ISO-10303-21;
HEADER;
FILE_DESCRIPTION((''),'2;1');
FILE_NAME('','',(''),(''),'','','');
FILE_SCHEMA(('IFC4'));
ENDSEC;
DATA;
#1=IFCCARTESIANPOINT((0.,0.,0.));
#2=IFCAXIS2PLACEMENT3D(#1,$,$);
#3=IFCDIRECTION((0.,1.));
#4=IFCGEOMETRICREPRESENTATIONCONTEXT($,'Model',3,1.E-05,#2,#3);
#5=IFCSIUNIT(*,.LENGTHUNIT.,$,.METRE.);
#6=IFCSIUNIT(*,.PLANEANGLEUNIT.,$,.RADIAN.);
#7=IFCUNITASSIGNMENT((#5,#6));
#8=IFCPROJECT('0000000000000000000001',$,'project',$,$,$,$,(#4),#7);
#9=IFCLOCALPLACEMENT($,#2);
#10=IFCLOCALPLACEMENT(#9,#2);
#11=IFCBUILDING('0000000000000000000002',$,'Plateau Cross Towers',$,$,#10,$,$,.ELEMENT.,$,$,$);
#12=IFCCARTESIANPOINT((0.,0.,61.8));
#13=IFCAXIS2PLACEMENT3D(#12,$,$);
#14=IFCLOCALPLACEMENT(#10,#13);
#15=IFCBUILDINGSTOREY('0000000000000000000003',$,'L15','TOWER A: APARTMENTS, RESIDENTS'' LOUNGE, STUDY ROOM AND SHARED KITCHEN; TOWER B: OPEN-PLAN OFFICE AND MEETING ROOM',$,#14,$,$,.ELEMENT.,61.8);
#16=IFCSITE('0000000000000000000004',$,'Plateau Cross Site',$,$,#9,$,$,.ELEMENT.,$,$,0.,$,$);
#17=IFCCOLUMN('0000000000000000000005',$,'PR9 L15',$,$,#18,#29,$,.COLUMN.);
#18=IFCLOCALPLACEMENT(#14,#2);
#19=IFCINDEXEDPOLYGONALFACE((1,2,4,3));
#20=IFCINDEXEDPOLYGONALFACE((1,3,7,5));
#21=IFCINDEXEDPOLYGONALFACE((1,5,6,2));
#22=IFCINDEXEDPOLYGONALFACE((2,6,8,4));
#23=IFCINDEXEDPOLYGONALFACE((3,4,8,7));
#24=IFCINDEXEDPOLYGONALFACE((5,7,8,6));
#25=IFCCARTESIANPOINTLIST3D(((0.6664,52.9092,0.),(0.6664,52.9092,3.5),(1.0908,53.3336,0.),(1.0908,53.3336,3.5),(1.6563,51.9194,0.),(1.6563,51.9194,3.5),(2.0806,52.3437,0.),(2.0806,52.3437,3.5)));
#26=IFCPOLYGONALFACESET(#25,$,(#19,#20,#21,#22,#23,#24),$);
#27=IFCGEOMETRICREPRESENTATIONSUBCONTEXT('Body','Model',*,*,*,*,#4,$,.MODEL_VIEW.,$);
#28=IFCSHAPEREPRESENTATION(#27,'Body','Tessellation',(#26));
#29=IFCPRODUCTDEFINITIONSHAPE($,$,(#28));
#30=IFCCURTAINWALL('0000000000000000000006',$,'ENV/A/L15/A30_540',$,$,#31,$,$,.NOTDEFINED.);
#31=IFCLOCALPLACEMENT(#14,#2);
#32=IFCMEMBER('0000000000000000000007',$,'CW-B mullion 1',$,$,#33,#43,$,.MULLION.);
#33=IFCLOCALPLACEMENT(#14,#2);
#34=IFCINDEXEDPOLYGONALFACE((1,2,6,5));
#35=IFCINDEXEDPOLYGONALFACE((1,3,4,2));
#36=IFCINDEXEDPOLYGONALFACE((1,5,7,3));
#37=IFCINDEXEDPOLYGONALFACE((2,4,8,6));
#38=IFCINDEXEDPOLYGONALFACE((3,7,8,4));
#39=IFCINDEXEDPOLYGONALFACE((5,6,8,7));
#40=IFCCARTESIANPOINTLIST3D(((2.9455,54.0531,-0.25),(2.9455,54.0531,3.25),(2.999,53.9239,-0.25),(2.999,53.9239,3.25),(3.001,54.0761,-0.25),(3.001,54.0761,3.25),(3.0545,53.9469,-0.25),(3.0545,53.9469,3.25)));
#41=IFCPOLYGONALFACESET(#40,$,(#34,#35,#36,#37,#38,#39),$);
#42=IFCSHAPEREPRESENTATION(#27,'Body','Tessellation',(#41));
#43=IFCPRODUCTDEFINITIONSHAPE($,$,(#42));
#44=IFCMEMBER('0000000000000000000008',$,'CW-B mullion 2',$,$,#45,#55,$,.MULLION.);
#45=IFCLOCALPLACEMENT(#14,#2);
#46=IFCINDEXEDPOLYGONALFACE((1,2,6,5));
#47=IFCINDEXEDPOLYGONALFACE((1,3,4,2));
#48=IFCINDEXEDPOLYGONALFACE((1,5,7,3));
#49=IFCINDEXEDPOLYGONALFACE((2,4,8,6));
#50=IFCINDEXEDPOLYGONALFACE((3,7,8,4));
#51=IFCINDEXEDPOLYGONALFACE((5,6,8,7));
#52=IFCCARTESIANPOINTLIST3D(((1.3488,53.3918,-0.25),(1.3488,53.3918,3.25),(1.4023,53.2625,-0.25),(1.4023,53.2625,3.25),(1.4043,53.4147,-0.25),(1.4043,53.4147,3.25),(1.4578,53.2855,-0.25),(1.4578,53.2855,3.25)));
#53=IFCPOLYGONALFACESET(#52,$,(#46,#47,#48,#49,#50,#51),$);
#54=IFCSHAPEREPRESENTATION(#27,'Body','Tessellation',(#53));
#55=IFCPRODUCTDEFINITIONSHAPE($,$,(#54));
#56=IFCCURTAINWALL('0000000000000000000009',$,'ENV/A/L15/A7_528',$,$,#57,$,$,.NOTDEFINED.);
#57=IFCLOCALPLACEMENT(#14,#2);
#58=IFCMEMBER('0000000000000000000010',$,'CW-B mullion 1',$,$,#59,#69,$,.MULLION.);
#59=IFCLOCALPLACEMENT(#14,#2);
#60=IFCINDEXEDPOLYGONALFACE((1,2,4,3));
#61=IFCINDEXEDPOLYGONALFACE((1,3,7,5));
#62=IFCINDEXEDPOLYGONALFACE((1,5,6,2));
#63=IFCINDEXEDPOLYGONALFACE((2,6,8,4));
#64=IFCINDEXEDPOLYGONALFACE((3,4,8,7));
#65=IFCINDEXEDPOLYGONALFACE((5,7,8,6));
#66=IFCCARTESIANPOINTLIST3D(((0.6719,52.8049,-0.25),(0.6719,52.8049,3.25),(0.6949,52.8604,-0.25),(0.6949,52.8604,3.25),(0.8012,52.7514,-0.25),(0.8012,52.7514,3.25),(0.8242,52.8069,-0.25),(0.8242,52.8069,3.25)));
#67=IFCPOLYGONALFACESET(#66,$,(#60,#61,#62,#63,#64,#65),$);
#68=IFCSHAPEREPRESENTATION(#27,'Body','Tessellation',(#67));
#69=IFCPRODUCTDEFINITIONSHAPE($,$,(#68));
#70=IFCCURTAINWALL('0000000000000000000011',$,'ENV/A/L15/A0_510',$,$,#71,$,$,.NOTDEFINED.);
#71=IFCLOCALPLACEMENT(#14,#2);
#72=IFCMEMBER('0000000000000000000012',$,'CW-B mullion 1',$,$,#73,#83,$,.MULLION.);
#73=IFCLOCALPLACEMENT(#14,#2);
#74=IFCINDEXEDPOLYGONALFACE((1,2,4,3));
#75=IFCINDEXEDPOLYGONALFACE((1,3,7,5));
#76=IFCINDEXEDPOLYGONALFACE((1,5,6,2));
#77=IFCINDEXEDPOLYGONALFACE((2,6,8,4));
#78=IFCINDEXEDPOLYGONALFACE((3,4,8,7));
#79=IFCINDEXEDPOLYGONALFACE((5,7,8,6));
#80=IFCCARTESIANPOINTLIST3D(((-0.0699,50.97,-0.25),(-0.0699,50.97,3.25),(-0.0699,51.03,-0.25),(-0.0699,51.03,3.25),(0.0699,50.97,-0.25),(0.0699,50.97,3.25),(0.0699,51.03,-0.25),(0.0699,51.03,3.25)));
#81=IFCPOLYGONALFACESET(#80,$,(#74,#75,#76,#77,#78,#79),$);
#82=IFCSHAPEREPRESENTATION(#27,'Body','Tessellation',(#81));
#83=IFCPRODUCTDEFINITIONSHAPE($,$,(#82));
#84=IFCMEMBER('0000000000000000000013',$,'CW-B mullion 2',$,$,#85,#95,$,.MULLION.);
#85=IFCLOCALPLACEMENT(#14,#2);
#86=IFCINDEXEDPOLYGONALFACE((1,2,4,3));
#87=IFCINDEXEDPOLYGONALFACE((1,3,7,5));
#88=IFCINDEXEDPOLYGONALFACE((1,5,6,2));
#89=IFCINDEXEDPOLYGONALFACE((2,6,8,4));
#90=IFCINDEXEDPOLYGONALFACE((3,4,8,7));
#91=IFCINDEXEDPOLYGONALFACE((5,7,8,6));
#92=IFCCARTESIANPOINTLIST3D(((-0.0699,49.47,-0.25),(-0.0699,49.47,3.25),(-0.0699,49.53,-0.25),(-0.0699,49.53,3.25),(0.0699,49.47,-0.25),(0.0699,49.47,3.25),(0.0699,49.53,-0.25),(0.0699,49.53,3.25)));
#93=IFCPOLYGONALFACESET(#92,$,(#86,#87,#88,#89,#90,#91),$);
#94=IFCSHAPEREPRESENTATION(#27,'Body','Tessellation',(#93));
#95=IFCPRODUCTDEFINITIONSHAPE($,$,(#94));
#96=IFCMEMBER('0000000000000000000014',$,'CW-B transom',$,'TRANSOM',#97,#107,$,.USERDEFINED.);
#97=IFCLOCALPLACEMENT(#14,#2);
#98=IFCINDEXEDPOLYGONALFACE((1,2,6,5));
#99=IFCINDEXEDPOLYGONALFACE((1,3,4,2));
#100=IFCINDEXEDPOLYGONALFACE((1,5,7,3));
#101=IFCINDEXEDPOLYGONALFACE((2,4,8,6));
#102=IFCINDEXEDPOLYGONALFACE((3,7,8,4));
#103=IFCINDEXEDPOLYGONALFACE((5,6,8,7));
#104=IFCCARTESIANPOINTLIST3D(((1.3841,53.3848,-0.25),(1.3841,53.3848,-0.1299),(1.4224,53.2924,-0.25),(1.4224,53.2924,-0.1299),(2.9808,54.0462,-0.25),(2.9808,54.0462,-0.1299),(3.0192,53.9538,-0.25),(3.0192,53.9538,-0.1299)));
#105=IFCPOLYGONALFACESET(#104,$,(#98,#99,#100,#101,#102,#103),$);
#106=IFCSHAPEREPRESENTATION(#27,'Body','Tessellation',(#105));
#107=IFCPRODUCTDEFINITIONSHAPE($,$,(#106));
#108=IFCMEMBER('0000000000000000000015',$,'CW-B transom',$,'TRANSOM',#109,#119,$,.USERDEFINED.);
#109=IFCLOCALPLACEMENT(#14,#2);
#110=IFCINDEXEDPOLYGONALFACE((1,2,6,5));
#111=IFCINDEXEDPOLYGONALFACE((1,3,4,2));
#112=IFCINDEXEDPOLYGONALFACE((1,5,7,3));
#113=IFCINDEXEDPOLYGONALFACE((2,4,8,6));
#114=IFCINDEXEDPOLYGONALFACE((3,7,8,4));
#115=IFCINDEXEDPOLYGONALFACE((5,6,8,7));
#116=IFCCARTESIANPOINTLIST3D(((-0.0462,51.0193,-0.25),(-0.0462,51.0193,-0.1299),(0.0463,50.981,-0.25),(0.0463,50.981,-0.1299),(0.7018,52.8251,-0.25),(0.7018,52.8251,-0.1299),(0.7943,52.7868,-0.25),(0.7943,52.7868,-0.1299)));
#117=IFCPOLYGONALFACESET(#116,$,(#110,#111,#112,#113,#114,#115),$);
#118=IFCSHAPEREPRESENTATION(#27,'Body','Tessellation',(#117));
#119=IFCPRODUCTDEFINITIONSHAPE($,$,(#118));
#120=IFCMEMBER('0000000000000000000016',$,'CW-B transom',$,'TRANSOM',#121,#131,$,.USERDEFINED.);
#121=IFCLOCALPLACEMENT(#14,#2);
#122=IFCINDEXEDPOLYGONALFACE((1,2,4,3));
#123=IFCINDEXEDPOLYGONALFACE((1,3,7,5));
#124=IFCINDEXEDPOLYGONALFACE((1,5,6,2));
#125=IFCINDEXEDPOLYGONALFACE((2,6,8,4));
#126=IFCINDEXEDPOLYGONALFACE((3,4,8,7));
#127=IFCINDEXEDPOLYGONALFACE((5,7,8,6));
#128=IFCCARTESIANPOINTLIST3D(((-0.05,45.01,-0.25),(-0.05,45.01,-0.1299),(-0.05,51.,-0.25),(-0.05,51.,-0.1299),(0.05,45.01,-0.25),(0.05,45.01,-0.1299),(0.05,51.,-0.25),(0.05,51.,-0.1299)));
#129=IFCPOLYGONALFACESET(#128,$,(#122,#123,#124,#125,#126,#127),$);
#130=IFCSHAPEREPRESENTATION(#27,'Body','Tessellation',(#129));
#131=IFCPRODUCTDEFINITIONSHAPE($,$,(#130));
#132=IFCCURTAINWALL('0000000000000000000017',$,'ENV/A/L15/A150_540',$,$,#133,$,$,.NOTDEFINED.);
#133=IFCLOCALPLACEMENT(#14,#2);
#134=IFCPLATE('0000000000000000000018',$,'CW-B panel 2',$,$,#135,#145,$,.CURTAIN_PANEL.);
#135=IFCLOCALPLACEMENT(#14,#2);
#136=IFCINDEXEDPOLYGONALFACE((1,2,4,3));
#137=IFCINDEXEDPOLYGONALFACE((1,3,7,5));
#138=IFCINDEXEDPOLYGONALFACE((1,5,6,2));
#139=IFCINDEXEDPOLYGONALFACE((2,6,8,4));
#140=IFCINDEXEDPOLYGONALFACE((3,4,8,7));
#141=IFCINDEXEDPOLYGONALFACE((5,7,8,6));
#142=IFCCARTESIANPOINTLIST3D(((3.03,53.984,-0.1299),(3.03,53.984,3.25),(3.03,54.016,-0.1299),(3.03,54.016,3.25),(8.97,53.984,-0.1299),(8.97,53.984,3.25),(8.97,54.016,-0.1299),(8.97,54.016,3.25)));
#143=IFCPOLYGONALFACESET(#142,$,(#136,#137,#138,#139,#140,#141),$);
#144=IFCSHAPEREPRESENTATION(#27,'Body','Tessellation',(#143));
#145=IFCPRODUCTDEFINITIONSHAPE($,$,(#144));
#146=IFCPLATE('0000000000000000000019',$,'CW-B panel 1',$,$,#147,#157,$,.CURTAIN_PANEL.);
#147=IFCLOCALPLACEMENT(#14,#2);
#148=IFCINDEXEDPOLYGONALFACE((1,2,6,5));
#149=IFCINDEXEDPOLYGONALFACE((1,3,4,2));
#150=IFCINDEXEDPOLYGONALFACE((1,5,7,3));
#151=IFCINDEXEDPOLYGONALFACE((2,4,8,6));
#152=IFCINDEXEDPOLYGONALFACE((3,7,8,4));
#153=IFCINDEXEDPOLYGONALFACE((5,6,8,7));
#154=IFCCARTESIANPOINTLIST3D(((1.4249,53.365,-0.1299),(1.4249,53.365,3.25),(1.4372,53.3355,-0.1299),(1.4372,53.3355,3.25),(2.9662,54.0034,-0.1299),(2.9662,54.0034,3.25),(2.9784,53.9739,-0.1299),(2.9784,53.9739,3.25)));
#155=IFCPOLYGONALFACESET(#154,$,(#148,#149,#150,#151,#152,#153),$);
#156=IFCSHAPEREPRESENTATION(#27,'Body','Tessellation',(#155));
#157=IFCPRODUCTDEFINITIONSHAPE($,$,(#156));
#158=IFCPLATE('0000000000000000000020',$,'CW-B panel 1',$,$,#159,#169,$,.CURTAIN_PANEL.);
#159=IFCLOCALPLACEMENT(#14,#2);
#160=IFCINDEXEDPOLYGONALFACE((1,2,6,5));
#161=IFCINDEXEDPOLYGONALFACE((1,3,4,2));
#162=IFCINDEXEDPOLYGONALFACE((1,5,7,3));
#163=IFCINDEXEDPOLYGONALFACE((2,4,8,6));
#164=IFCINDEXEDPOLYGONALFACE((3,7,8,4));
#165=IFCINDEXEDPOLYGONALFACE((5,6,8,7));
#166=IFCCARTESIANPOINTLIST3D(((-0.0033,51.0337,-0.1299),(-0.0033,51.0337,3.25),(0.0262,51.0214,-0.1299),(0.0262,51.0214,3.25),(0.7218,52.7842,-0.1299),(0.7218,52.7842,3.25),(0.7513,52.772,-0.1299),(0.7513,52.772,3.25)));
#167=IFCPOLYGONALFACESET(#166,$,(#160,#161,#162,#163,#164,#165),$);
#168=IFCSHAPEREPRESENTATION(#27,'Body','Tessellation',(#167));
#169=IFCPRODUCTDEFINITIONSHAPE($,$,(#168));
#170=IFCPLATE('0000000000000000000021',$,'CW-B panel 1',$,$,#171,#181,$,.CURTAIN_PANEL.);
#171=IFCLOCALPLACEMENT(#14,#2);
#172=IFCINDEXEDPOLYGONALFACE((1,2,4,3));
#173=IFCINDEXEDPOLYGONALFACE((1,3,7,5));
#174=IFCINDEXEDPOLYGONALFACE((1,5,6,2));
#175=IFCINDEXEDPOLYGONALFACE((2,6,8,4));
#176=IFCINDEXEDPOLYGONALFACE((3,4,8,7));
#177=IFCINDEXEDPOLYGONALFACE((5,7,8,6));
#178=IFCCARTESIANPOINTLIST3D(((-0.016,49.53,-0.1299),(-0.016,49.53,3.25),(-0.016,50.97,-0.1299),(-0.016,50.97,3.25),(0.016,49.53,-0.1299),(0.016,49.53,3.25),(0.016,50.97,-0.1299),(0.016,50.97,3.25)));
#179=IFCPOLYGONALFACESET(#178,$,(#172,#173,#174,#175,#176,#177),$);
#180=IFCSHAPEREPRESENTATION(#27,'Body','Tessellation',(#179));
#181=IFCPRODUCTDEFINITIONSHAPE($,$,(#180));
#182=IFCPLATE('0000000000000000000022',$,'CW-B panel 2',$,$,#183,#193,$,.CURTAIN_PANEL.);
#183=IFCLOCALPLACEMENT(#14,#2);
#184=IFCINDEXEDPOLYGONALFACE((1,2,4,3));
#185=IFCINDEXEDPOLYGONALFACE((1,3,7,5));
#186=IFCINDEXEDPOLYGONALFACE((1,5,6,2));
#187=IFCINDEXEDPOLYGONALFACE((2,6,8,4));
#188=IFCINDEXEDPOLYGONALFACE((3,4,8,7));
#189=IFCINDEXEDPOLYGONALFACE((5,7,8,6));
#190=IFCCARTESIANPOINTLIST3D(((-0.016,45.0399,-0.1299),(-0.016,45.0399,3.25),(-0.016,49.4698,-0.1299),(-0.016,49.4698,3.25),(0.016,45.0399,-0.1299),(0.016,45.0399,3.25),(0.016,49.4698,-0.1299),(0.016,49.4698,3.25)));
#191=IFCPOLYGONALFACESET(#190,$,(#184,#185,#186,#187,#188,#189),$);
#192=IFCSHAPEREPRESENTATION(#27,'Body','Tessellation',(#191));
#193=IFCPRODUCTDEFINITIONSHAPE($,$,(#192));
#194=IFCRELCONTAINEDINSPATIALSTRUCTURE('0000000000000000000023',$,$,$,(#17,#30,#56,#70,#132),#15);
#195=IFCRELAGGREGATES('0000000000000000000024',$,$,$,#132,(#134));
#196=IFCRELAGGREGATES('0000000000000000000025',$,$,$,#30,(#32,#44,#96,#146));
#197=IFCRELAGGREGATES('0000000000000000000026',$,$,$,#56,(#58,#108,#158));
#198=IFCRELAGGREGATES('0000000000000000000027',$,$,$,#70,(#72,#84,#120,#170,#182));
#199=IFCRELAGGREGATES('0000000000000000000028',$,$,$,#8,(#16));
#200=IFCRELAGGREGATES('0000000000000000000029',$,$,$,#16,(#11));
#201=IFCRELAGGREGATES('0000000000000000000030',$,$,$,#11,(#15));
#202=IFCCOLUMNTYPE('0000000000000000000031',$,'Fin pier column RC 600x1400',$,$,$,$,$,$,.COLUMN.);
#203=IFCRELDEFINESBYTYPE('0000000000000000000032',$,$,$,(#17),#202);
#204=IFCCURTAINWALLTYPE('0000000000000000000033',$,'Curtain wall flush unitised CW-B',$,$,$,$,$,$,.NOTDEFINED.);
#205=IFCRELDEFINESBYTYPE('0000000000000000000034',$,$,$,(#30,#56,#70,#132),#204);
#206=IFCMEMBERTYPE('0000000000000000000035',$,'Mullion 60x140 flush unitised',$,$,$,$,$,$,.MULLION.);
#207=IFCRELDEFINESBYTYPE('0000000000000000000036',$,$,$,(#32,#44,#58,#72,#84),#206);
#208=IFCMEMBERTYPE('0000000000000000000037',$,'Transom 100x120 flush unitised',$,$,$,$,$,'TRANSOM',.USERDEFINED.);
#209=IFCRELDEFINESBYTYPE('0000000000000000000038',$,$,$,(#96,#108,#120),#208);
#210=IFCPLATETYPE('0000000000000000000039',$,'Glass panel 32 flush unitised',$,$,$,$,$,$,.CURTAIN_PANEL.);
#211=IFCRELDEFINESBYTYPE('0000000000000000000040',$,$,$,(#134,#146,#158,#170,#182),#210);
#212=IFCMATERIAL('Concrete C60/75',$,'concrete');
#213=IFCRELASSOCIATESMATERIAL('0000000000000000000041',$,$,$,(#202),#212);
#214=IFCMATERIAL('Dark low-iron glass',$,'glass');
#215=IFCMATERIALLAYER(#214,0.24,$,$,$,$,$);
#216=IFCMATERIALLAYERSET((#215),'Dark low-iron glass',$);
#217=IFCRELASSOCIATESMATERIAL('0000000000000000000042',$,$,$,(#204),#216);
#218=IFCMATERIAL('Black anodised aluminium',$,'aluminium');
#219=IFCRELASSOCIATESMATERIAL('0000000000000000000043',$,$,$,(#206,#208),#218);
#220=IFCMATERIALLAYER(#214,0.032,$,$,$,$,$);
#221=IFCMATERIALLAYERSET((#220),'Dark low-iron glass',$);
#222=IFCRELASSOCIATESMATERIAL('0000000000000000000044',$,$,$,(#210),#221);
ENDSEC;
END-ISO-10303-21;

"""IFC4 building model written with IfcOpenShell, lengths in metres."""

from ifc_helpers import new_model, si_unit, direction, frame, origin, origin_2d, place, context, subcontext, project, spatial, rectangle, extrude, material, layer, layer_set, material_profile, profile_set, type_object, element, aggregate, save


model = new_model("IFC4")

# Units and contexts
model_context = context("Model", 3, precision=1e-05, world=origin(), true_north=direction((0.0, 1.0)))
body_context = subcontext(model_context, "Body", "Model", "MODEL_VIEW")
ifc_project = project(units=[si_unit("LENGTHUNIT", "METRE"), si_unit("PLANEANGLEUNIT", "RADIAN")], contexts=[model_context])

# Site, building, storey
site_placement = place(None, origin())
site = spatial("IfcSite", under=ifc_project, at=site_placement, Name="Plateau Cross Site", CompositionType="ELEMENT", RefElevation=0.0)
building_placement = place(site_placement, origin())
building = spatial("IfcBuilding", under=site, at=building_placement, Name="Plateau Cross Towers", CompositionType="ELEMENT")
storey_placement = place(building_placement, frame((0.0, 0.0, 61.8)))
storey = spatial("IfcBuildingStorey", under=building, at=storey_placement, Name="L15", Description="TOWER A: APARTMENTS, RESIDENTS' LOUNGE, STUDY ROOM AND SHARED KITCHEN; TOWER B: OPEN-PLAN OFFICE AND MEETING ROOM", CompositionType="ELEMENT", Elevation=61.8)

# Column
ifc_material_1 = material(Name="Concrete C60/75", Category="concrete")
ifc_material_profile_1 = material_profile(ifc_material_1, rectangle(XDim=0.6001, YDim=1.3999, at=origin_2d()), Name="RC 600x1400")
ifc_profile_set_1 = profile_set([ifc_material_profile_1], Name="Concrete C60/75")
column_type = type_object("IfcColumnType", Name="Fin pier column RC 600x1400", PredefinedType="COLUMN", material=ifc_profile_set_1)
column_placement = place(storey_placement, frame((1.3735, 52.6265, 0.0), z_axis=(0.0, 0.0, 1.0), x_axis=(0.707107, 0.707107, 0.0)))
element("IfcColumn", 1, at=column_placement, inside=storey, type_object=column_type, Name="PR9 L15", PredefinedType="COLUMN", context=body_context, shape_type="SweptSolid", body=[
    extrude(rectangle(XDim=0.6001, YDim=1.3999, at=origin_2d()), origin(), (0.0, 0.0, 1.0), 3.5),
])

# Curtain wall, members
ifc_material_2 = material(Name="Dark low-iron glass", Category="glass")
ifc_layer_1 = layer(ifc_material_2, 0.24)
ifc_layer_set_1 = layer_set([ifc_layer_1], Name="Dark low-iron glass")
curtain_wall_type = type_object("IfcCurtainWallType", Name="Curtain wall flush unitised CW-B", PredefinedType="NOTDEFINED", material=ifc_layer_set_1)
curtain_wall_1_placement = place(storey_placement, origin())
curtain_wall_1 = element("IfcCurtainWall", 2, at=curtain_wall_1_placement, inside=storey, type_object=curtain_wall_type, Name="ENV/A/L15/A30_540", PredefinedType="NOTDEFINED")
ifc_material_3 = material(Name="Black anodised aluminium", Category="aluminium")
ifc_material_profile_2 = material_profile(ifc_material_3, rectangle(XDim=0.0601, YDim=0.1399, at=origin_2d()), Name="MULLION 60x140")
ifc_profile_set_2 = profile_set([ifc_material_profile_2], Name="Black anodised aluminium")
member_type_1 = type_object("IfcMemberType", Name="Mullion 60x140 flush unitised", PredefinedType="MULLION", material=ifc_profile_set_2)
member_1_placement = place(storey_placement, frame((3.0, 54.0, -0.25), z_axis=(0.0, 0.0, 1.0), x_axis=(-0.923879, -0.382684, 0.0)))
member_1 = element("IfcMember", 3, at=member_1_placement, type_object=member_type_1, Name="CW-B mullion 1", PredefinedType="MULLION", context=body_context, shape_type="SweptSolid", body=[
    extrude(rectangle(XDim=0.0601, YDim=0.1399, at=origin_2d()), origin(), (0.0, 0.0, 1.0), 3.5),
])
member_2_placement = place(storey_placement, frame((1.4033, 53.3386, -0.25), z_axis=(0.0, 0.0, 1.0), x_axis=(-0.923879, -0.382684, 0.0)))
member_2 = element("IfcMember", 4, at=member_2_placement, type_object=member_type_1, Name="CW-B mullion 2", PredefinedType="MULLION", context=body_context, shape_type="SweptSolid", body=[
    extrude(rectangle(XDim=0.0601, YDim=0.1399, at=origin_2d()), origin(), (0.0, 0.0, 1.0), 3.5),
])

# Curtain wall, member
curtain_wall_2_placement = place(storey_placement, origin())
curtain_wall_2 = element("IfcCurtainWall", 5, at=curtain_wall_2_placement, inside=storey, type_object=curtain_wall_type, Name="ENV/A/L15/A7_528", PredefinedType="NOTDEFINED")
member_3_placement = place(storey_placement, frame((0.748, 52.8059, -0.25), z_axis=(0.0, 0.0, 1.0), x_axis=(-0.382684, -0.923879, 0.0)))
member_3 = element("IfcMember", 6, at=member_3_placement, type_object=member_type_1, Name="CW-B mullion 1", PredefinedType="MULLION", context=body_context, shape_type="SweptSolid", body=[
    extrude(rectangle(XDim=0.0601, YDim=0.1399, at=origin_2d()), origin(), (0.0, 0.0, 1.0), 3.5),
])

# Curtain wall, members
curtain_wall_3_placement = place(storey_placement, origin())
curtain_wall_3 = element("IfcCurtainWall", 7, at=curtain_wall_3_placement, inside=storey, type_object=curtain_wall_type, Name="ENV/A/L15/A0_510", PredefinedType="NOTDEFINED")
member_4_placement = place(storey_placement, frame((0.0, 51.0, -0.25), z_axis=(0.0, 0.0, 1.0), x_axis=(0.0, -1.0, 0.0)))
member_4 = element("IfcMember", 8, at=member_4_placement, type_object=member_type_1, Name="CW-B mullion 1", PredefinedType="MULLION", context=body_context, shape_type="SweptSolid", body=[
    extrude(rectangle(XDim=0.0601, YDim=0.1399, at=origin_2d()), origin(), (0.0, 0.0, 1.0), 3.5),
])
member_5_placement = place(storey_placement, frame((0.0, 49.5, -0.25), z_axis=(0.0, 0.0, 1.0), x_axis=(0.0, -1.0, 0.0)))
member_5 = element("IfcMember", 9, at=member_5_placement, type_object=member_type_1, Name="CW-B mullion 2", PredefinedType="MULLION", context=body_context, shape_type="SweptSolid", body=[
    extrude(rectangle(XDim=0.0601, YDim=0.1399, at=origin_2d()), origin(), (0.0, 0.0, 1.0), 3.5),
])

# Members
ifc_material_profile_3 = material_profile(ifc_material_3, rectangle(XDim=0.1001, YDim=0.1201, at=origin_2d()), Name="TRANSOM 100x120")
ifc_profile_set_3 = profile_set([ifc_material_profile_3], Name="Black anodised aluminium")
member_type_2 = type_object("IfcMemberType", Name="Transom 100x120 flush unitised", ElementType="TRANSOM", PredefinedType="USERDEFINED", material=ifc_profile_set_3)
member_6_placement = place(storey_placement, frame((3.0, 54.0, -0.1899), z_axis=(-0.923877, -0.382689, 0.0), x_axis=(0.382689, -0.923877, 0.0)))
member_6 = element("IfcMember", 10, at=member_6_placement, type_object=member_type_2, Name="CW-B transom", ObjectType="TRANSOM", PredefinedType="USERDEFINED", context=body_context, shape_type="SweptSolid", body=[
    extrude(rectangle(XDim=0.1001, YDim=0.1201, at=origin_2d()), origin(), (0.0, 0.0, 1.0), 1.7283),
])
member_7_placement = place(storey_placement, frame((0.748, 52.8059, -0.1899), z_axis=(-0.38269, -0.923877, 0.0), x_axis=(0.923877, -0.38269, 0.0)))
member_7 = element("IfcMember", 11, at=member_7_placement, type_object=member_type_2, Name="CW-B transom", ObjectType="TRANSOM", PredefinedType="USERDEFINED", context=body_context, shape_type="SweptSolid", body=[
    extrude(rectangle(XDim=0.1001, YDim=0.1201, at=origin_2d()), origin(), (0.0, 0.0, 1.0), 1.9546),
])
member_8_placement = place(storey_placement, frame((0.0, 51.0, -0.1899), z_axis=(0.0, -1.0, 0.0), x_axis=(1.0, 0.0, 0.0)))
member_8 = element("IfcMember", 12, at=member_8_placement, type_object=member_type_2, Name="CW-B transom", ObjectType="TRANSOM", PredefinedType="USERDEFINED", context=body_context, shape_type="SweptSolid", body=[
    extrude(rectangle(XDim=0.1001, YDim=0.1201, at=origin_2d()), origin(), (0.0, 0.0, 1.0), 5.99),
])

# Curtain wall, plate
curtain_wall_4_placement = place(storey_placement, origin())
curtain_wall_4 = element("IfcCurtainWall", 13, at=curtain_wall_4_placement, inside=storey, type_object=curtain_wall_type, Name="ENV/A/L15/A150_540", PredefinedType="NOTDEFINED")
ifc_layer_2 = layer(ifc_material_2, 0.032)
ifc_layer_set_2 = layer_set([ifc_layer_2], Name="Dark low-iron glass")
plate_type = type_object("IfcPlateType", Name="Glass panel 32 flush unitised", PredefinedType="CURTAIN_PANEL", material=ifc_layer_set_2)
plate_1_placement = place(storey_placement, frame((6.0, 54.0, -0.1299), z_axis=(0.0, 0.0, 1.0), x_axis=(-1.0, 0.0, 0.0)))
plate_1 = element("IfcPlate", 14, at=plate_1_placement, type_object=plate_type, Name="CW-B panel 2", PredefinedType="CURTAIN_PANEL", context=body_context, shape_type="SweptSolid", body=[
    extrude(rectangle(XDim=5.9399, YDim=0.032, at=origin_2d()), origin(), (0.0, 0.0, 1.0), 3.3799),
])
aggregate(curtain_wall_4, [plate_1])

# Plates
plate_2_placement = place(storey_placement, frame((2.2017, 53.6694, -0.1299), z_axis=(0.0, 0.0, 1.0), x_axis=(-0.923879, -0.382684, 0.0)))
plate_2 = element("IfcPlate", 15, at=plate_2_placement, type_object=plate_type, Name="CW-B panel 1", PredefinedType="CURTAIN_PANEL", context=body_context, shape_type="SweptSolid", body=[
    extrude(rectangle(XDim=1.6682, YDim=0.032, at=origin_2d()), origin(), (0.0, 0.0, 1.0), 3.3799),
])
aggregate(curtain_wall_1, [member_1, member_2, member_6, plate_2])
plate_3_placement = place(storey_placement, frame((0.374, 51.9028, -0.1299), z_axis=(0.0, 0.0, 1.0), x_axis=(-0.382684, -0.923879, 0.0)))
plate_3 = element("IfcPlate", 16, at=plate_3_placement, type_object=plate_type, Name="CW-B panel 1", PredefinedType="CURTAIN_PANEL", context=body_context, shape_type="SweptSolid", body=[
    extrude(rectangle(XDim=1.8948, YDim=0.032, at=origin_2d()), origin(), (0.0, 0.0, 1.0), 3.3799),
])
aggregate(curtain_wall_2, [member_3, member_7, plate_3])
plate_4_placement = place(storey_placement, frame((0.0, 50.25, -0.1299), z_axis=(0.0, 0.0, 1.0), x_axis=(0.0, -1.0, 0.0)))
plate_4 = element("IfcPlate", 17, at=plate_4_placement, type_object=plate_type, Name="CW-B panel 1", PredefinedType="CURTAIN_PANEL", context=body_context, shape_type="SweptSolid", body=[
    extrude(rectangle(XDim=1.4399, YDim=0.032, at=origin_2d()), origin(), (0.0, 0.0, 1.0), 3.3799),
])
plate_5_placement = place(storey_placement, frame((0.0, 47.2549, -0.1299), z_axis=(0.0, 0.0, 1.0), x_axis=(0.0, -1.0, 0.0)))
plate_5 = element("IfcPlate", 18, at=plate_5_placement, type_object=plate_type, Name="CW-B panel 2", PredefinedType="CURTAIN_PANEL", context=body_context, shape_type="SweptSolid", body=[
    extrude(rectangle(XDim=4.4299, YDim=0.032, at=origin_2d()), origin(), (0.0, 0.0, 1.0), 3.3799),
])
aggregate(curtain_wall_3, [member_4, member_5, member_8, plate_4, plate_5])

save(model, "model.ifc")
